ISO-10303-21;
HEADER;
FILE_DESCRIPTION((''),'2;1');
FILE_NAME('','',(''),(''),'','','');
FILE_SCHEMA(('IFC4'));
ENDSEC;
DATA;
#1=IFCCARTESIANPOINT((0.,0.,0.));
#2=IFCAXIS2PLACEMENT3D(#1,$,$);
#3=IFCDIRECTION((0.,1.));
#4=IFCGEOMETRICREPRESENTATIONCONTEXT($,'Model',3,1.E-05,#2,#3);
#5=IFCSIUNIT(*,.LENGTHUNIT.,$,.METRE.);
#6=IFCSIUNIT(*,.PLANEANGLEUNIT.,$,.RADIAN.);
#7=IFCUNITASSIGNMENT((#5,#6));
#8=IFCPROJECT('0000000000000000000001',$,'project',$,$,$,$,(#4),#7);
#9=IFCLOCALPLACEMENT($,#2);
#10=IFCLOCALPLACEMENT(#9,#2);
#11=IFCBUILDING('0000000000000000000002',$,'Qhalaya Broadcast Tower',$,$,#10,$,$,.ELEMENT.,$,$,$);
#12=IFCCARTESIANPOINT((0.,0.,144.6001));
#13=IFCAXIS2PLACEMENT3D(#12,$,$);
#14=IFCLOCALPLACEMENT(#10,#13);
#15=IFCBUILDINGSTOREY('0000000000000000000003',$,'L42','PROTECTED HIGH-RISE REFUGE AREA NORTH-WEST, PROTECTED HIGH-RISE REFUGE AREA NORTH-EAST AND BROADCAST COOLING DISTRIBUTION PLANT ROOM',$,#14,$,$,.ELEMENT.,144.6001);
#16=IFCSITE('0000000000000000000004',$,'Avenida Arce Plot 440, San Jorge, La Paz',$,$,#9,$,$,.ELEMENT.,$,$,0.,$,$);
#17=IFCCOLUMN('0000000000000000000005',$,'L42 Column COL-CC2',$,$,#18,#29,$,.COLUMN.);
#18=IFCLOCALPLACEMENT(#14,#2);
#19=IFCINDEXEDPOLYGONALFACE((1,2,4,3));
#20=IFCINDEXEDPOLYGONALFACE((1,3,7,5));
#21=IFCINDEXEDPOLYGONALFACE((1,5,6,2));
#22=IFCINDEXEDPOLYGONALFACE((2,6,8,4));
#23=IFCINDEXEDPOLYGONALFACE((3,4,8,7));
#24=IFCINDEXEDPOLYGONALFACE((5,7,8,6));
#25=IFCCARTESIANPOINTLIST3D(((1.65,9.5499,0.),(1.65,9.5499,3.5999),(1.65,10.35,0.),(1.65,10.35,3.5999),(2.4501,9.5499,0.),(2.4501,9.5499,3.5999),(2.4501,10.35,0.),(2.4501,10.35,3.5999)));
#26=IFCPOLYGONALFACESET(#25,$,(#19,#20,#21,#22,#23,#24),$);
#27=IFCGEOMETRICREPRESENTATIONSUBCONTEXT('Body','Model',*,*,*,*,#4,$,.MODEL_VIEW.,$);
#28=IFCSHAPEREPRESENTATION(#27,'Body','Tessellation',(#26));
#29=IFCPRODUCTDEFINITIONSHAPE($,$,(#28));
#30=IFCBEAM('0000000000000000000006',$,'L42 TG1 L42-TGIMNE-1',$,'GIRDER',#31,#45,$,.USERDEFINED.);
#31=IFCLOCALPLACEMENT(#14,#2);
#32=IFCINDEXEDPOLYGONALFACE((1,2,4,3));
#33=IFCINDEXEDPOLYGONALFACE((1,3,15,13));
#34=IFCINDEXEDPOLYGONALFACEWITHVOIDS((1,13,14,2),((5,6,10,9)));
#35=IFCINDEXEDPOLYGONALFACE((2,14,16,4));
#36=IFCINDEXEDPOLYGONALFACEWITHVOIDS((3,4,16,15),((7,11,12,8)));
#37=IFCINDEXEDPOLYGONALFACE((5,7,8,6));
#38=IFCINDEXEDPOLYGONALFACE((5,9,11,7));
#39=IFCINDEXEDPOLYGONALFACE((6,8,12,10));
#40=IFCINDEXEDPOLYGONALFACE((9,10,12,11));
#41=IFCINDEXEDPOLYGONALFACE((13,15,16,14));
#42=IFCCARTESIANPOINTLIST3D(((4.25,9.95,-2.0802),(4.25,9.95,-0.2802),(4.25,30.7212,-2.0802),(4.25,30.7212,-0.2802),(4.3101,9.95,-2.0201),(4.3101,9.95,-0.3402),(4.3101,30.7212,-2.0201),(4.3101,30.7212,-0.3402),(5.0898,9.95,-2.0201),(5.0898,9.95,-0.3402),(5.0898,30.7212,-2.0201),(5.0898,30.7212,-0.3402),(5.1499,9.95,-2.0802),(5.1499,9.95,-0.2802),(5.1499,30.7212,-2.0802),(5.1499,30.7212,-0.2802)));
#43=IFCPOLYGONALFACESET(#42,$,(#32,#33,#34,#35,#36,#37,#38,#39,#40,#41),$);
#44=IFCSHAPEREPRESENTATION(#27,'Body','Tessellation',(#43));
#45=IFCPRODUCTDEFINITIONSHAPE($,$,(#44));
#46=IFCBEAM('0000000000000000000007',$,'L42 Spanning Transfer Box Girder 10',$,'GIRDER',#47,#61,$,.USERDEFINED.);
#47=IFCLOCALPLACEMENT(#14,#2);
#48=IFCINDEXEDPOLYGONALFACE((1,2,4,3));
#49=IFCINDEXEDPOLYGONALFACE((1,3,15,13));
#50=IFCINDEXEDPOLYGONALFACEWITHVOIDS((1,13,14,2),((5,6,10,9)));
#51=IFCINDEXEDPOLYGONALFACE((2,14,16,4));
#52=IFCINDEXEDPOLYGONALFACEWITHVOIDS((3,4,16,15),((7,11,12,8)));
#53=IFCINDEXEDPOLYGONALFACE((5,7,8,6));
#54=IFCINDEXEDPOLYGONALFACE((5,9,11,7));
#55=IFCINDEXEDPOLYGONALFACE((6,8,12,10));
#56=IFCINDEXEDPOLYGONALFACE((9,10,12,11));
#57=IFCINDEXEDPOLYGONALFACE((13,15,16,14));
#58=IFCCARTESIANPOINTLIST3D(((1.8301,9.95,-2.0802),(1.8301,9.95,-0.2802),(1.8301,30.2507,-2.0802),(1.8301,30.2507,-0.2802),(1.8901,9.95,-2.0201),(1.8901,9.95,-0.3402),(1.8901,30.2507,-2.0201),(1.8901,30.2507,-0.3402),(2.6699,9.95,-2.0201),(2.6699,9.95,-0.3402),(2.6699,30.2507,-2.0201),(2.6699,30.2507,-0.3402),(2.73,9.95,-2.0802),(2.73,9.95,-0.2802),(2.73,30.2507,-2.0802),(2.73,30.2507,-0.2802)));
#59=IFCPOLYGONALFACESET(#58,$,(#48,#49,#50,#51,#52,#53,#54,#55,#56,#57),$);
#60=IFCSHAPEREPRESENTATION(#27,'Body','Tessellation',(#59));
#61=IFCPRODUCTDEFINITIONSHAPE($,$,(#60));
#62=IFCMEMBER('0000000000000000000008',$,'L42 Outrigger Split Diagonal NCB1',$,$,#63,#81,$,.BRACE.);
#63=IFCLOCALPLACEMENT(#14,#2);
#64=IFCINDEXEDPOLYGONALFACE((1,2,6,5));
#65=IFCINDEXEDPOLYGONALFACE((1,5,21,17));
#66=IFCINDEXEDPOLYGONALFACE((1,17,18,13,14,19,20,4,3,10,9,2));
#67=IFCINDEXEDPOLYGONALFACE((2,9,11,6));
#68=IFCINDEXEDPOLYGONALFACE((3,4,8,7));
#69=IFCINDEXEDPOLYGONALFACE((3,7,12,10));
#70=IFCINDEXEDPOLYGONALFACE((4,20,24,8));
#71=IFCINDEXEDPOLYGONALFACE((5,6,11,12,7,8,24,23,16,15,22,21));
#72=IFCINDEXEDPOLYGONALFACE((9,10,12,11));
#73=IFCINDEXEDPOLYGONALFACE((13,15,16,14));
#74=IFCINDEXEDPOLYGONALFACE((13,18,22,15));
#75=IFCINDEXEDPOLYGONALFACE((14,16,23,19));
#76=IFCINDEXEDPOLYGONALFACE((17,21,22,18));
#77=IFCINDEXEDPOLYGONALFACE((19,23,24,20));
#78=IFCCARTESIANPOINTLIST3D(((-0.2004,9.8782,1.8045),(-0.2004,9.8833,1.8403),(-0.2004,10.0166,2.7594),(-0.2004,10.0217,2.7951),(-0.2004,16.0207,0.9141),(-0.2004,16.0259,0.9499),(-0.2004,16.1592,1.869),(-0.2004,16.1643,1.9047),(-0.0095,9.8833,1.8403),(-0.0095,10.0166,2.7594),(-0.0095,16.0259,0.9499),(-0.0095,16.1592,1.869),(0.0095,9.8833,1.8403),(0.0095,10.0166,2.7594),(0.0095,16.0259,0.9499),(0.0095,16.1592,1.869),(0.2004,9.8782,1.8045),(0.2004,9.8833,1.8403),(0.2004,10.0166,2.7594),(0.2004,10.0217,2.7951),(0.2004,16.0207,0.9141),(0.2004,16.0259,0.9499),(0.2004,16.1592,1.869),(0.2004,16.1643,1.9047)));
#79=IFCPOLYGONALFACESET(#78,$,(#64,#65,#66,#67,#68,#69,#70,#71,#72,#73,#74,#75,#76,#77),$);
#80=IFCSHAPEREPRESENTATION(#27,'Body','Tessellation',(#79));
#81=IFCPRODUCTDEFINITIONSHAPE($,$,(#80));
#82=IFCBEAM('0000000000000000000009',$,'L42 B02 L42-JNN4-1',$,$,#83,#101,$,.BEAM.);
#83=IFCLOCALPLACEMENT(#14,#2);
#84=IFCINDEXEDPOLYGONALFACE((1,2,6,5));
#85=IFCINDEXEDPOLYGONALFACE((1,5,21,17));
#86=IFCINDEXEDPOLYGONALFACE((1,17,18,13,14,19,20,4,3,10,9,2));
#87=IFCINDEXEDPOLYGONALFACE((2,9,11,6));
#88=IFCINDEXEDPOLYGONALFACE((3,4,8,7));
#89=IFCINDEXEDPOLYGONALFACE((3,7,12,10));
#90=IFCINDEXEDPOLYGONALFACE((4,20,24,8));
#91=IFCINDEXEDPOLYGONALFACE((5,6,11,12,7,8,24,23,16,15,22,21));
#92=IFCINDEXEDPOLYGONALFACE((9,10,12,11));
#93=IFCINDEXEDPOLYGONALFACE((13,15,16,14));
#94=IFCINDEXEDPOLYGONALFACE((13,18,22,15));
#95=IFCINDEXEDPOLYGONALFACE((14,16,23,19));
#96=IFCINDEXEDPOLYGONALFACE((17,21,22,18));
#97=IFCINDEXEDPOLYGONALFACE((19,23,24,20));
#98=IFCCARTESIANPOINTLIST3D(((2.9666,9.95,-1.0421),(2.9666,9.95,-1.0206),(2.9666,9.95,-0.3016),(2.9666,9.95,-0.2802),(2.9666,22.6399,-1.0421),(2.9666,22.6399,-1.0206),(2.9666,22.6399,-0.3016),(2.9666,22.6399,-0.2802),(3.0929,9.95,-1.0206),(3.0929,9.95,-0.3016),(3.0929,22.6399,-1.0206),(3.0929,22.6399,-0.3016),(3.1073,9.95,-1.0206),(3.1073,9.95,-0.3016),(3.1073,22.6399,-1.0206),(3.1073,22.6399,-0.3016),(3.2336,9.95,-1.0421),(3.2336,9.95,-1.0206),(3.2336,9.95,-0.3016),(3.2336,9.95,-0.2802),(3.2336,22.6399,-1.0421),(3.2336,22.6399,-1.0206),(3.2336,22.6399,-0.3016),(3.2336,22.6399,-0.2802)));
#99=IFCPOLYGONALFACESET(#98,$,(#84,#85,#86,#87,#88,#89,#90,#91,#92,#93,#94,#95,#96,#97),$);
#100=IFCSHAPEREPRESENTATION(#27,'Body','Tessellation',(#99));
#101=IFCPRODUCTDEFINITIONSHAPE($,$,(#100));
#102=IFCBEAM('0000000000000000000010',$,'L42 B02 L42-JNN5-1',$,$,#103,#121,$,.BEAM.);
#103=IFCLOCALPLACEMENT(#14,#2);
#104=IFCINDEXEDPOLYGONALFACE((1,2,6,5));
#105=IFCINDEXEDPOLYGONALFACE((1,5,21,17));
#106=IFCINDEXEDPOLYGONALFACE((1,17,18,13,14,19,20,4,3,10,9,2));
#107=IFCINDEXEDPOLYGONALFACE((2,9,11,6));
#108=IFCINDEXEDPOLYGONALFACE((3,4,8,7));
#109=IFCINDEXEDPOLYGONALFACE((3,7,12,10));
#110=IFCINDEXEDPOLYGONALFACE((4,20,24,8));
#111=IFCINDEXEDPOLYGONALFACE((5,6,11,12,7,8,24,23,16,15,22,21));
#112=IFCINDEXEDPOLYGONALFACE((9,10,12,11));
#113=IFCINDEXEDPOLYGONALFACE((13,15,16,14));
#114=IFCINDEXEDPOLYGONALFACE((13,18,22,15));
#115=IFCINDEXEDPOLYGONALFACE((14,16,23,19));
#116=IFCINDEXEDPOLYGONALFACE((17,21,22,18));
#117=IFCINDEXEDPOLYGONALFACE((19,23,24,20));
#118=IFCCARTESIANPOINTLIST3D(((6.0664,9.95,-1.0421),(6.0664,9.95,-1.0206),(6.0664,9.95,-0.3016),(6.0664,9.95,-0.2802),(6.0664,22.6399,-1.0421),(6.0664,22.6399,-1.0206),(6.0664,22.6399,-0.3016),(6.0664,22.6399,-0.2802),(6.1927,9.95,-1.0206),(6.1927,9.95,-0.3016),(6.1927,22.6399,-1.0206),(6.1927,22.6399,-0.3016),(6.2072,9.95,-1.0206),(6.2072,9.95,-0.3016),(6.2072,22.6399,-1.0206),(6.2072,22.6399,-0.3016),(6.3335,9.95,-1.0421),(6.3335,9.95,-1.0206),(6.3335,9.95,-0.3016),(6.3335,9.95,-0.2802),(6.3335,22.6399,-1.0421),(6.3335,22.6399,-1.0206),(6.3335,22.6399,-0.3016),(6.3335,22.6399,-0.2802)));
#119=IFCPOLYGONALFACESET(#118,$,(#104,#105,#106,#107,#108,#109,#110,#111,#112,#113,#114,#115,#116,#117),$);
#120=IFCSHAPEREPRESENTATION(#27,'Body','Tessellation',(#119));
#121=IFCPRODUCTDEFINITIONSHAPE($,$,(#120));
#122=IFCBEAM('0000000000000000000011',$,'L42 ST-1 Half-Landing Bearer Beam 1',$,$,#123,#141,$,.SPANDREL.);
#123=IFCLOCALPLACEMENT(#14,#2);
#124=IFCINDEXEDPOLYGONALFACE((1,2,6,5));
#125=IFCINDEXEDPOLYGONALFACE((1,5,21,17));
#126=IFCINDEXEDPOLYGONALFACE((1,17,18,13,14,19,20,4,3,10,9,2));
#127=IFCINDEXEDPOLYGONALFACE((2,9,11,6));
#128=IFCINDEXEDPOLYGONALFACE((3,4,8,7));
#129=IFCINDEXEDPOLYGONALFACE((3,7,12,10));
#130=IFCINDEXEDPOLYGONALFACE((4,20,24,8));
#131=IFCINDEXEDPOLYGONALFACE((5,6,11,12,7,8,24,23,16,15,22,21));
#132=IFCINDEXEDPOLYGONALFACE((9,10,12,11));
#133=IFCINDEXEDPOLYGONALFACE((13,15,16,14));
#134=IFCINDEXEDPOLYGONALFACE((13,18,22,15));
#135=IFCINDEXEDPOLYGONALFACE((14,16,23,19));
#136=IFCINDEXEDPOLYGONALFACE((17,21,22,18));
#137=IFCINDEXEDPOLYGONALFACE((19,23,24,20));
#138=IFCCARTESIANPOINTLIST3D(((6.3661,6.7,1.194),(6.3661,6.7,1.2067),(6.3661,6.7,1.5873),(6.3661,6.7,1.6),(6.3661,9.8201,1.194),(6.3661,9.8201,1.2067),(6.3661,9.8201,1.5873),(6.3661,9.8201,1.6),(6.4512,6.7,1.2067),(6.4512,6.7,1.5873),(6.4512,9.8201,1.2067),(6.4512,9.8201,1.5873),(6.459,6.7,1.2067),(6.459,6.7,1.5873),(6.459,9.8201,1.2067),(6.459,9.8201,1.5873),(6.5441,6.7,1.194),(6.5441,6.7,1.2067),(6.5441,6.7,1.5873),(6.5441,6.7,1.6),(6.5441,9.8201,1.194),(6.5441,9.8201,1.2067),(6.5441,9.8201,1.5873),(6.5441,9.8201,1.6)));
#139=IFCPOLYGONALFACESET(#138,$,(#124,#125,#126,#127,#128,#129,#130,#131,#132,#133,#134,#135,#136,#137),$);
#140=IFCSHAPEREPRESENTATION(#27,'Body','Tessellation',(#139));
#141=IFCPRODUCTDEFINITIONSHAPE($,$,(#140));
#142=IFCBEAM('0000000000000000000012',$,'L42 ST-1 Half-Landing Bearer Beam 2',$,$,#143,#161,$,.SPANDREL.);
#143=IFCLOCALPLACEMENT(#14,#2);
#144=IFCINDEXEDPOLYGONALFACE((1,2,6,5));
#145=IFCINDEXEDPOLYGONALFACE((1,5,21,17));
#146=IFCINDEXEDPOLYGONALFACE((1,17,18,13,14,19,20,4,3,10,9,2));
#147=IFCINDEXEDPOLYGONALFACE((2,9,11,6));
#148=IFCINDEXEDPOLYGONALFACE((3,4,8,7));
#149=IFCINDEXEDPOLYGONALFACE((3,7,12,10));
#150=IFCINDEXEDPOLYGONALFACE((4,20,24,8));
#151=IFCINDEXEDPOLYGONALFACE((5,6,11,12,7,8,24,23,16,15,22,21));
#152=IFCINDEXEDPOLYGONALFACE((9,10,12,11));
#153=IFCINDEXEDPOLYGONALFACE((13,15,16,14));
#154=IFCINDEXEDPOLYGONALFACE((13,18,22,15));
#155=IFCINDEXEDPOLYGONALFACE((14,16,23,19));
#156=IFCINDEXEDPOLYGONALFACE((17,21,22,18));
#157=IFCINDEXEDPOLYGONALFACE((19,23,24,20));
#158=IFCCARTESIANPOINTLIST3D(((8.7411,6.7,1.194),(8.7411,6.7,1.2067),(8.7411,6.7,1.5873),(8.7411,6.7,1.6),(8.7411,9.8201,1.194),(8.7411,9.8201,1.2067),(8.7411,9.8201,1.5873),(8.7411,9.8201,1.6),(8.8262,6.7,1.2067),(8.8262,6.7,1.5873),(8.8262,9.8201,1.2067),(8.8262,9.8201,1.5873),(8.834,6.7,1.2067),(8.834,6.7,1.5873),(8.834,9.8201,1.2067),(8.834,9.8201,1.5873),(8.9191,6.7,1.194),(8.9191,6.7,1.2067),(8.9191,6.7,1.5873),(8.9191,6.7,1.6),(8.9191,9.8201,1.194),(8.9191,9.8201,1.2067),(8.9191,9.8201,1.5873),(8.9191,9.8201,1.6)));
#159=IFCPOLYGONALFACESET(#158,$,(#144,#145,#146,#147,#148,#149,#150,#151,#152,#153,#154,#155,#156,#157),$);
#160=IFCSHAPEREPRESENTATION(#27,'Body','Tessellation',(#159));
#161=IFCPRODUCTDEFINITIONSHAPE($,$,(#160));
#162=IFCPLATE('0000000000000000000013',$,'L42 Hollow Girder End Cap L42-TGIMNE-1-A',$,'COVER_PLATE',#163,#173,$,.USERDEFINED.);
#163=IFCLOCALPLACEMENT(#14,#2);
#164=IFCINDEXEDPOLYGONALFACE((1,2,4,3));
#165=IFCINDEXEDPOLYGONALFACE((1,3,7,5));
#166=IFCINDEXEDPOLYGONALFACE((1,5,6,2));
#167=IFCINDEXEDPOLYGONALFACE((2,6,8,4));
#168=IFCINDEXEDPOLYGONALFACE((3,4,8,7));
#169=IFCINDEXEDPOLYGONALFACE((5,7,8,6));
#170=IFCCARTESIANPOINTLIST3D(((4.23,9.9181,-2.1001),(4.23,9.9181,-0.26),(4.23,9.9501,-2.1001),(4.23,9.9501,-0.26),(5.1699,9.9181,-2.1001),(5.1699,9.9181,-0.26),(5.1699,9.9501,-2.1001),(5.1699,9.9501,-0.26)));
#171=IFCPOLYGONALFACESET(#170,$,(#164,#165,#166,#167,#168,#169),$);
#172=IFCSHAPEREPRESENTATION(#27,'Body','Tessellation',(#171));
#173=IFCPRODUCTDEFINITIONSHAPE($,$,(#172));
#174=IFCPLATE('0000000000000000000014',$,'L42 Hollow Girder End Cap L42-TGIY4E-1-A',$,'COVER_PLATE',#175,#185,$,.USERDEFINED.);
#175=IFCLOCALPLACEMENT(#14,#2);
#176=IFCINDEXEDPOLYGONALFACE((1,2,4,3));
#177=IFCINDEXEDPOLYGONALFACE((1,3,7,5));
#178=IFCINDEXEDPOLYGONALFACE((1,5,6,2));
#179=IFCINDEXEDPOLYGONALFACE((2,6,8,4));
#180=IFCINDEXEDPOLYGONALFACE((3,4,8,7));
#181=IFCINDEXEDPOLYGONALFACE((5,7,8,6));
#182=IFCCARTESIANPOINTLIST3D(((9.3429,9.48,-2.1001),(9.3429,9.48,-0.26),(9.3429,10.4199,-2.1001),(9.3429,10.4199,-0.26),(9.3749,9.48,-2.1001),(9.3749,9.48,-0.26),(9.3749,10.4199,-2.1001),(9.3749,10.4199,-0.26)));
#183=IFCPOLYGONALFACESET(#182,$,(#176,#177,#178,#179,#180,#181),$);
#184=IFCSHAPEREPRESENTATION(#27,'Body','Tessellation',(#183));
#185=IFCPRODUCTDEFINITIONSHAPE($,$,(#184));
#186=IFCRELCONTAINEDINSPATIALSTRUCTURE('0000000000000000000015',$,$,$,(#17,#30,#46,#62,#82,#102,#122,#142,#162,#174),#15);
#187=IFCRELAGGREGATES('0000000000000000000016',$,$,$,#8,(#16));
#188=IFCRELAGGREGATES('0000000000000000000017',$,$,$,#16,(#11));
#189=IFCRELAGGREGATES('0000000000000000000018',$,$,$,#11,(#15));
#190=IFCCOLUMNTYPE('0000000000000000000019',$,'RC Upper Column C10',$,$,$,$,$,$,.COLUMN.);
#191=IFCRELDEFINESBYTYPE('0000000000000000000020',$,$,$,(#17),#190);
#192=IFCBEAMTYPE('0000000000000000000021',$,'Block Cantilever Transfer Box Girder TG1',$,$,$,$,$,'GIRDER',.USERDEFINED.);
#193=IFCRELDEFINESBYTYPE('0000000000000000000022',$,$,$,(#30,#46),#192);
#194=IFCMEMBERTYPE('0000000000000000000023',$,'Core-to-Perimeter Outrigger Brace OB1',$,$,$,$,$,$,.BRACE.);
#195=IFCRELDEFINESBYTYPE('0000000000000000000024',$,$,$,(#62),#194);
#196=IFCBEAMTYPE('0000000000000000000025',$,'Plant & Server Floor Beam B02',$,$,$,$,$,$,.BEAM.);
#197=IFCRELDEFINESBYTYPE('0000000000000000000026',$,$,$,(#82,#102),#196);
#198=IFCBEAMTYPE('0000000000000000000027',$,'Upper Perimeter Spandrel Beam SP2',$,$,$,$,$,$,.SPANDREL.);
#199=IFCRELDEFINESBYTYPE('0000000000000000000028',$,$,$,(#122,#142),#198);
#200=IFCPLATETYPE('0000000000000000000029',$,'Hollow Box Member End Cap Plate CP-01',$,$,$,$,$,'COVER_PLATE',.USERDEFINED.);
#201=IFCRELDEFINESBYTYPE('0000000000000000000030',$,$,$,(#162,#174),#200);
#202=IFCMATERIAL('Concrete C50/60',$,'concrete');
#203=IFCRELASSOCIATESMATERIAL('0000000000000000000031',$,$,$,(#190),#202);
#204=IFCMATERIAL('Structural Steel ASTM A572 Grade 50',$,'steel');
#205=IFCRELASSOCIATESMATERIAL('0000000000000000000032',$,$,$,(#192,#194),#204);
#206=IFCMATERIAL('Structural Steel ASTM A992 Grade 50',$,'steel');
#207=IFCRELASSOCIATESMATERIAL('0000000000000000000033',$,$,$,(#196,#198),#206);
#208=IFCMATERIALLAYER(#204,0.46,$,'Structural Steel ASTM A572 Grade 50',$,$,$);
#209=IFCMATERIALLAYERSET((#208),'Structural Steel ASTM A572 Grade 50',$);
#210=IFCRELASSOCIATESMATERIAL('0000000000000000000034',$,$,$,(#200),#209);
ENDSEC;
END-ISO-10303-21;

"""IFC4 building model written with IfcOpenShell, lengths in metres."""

from ifc_helpers import new_model, si_unit, direction, frame, origin, origin_2d, place, context, subcontext, project, spatial, rectangle, hollow_rectangle, i_section, extrude, material, layer, layer_set, material_profile, profile_set, type_object, element, save


model = new_model("IFC4")

# Units and contexts
model_context = context("Model", 3, precision=1e-05, world=origin(), true_north=direction((0.0, 1.0)))
body_context = subcontext(model_context, "Body", "Model", "MODEL_VIEW")
ifc_project = project(units=[si_unit("LENGTHUNIT", "METRE"), si_unit("PLANEANGLEUNIT", "RADIAN")], contexts=[model_context])

# Site, building, storey
site_placement = place(None, origin())
site = spatial("IfcSite", under=ifc_project, at=site_placement, Name="Avenida Arce Plot 440, San Jorge, La Paz", CompositionType="ELEMENT", RefElevation=0.0)
building_placement = place(site_placement, origin())
building = spatial("IfcBuilding", under=site, at=building_placement, Name="Qhalaya Broadcast Tower", CompositionType="ELEMENT")
storey_placement = place(building_placement, frame((0.0, 0.0, 144.6001)))
storey = spatial("IfcBuildingStorey", under=building, at=storey_placement, Name="L42", Description="PROTECTED HIGH-RISE REFUGE AREA NORTH-WEST, PROTECTED HIGH-RISE REFUGE AREA NORTH-EAST AND BROADCAST COOLING DISTRIBUTION PLANT ROOM", CompositionType="ELEMENT", Elevation=144.6001)

# Column
ifc_material_1 = material(Name="Concrete C50/60", Category="concrete")
ifc_material_profile_1 = material_profile(ifc_material_1, rectangle(XDim=0.8, YDim=0.8, at=origin_2d()), Name="RC-COL 800x800")
ifc_profile_set_1 = profile_set([ifc_material_profile_1], Name="Concrete C50/60")
column_type = type_object("IfcColumnType", Name="RC Upper Column C10", PredefinedType="COLUMN", material=ifc_profile_set_1)
column_placement = place(storey_placement, frame((2.05, 9.95, 0.0), z_axis=(0.0, 0.0, 1.0), x_axis=(1.0, 0.0, 0.0)))
element("IfcColumn", 1, at=column_placement, inside=storey, type_object=column_type, Name="L42 Column COL-CC2", PredefinedType="COLUMN", context=body_context, shape_type="SweptSolid", body=[
    extrude(rectangle(XDim=0.8, YDim=0.8, at=origin_2d()), origin(), (0.0, 0.0, 1.0), 3.5999),
])

# Beams
ifc_material_2 = material(Name="Structural Steel ASTM A572 Grade 50", Category="steel")
ifc_material_profile_2 = material_profile(ifc_material_2, hollow_rectangle(XDim=0.8999, YDim=1.8, WallThickness=0.0601, at=origin_2d()), Name="BOX 900x1800x60")
ifc_profile_set_2 = profile_set([ifc_material_profile_2], Name="Structural Steel ASTM A572 Grade 50")
beam_type_1 = type_object("IfcBeamType", Name="Block Cantilever Transfer Box Girder TG1", ElementType="GIRDER", PredefinedType="USERDEFINED", material=ifc_profile_set_2)
beam_1_placement = place(storey_placement, frame((4.7, 9.95, -1.1802), z_axis=(0.0, 1.0, 0.0), x_axis=(-1.0, 0.0, 0.0)))
element("IfcBeam", 2, at=beam_1_placement, inside=storey, type_object=beam_type_1, Name="L42 TG1 L42-TGIMNE-1", ObjectType="GIRDER", PredefinedType="USERDEFINED", context=body_context, shape_type="SweptSolid", body=[
    extrude(hollow_rectangle(XDim=0.8999, YDim=1.8, WallThickness=0.0601, at=origin_2d()), origin(), (0.0, 0.0, 1.0), 20.7712),
])
beam_2_placement = place(storey_placement, frame((2.28, 9.95, -1.1802), z_axis=(0.0, 1.0, 0.0), x_axis=(-1.0, 0.0, 0.0)))
element("IfcBeam", 3, at=beam_2_placement, inside=storey, type_object=beam_type_1, Name="L42 Spanning Transfer Box Girder 10", ObjectType="GIRDER", PredefinedType="USERDEFINED", context=body_context, shape_type="SweptSolid", body=[
    extrude(hollow_rectangle(XDim=0.8999, YDim=1.8, WallThickness=0.0601, at=origin_2d()), origin(), (0.0, 0.0, 1.0), 20.3008),
])

# Member
ifc_material_profile_3 = material_profile(ifc_material_2, i_section(OverallWidth=0.4009, OverallDepth=1.001, WebThickness=0.019, FlangeThickness=0.0361, at=origin_2d()), Name="W40X249")
ifc_profile_set_3 = profile_set([ifc_material_profile_3], Name="Structural Steel ASTM A572 Grade 50")
member_type = type_object("IfcMemberType", Name="Core-to-Perimeter Outrigger Brace OB1", PredefinedType="BRACE", material=ifc_profile_set_3)
member_placement = place(storey_placement, frame((0.0, 9.95, 2.2998), z_axis=(0.0, 0.989657, -0.143453), x_axis=(-1.0, 0.0, 0.0)))
element("IfcMember", 4, at=member_placement, inside=storey, type_object=member_type, Name="L42 Outrigger Split Diagonal NCB1", PredefinedType="BRACE", context=body_context, shape_type="SweptSolid", body=[
    extrude(i_section(OverallWidth=0.4009, OverallDepth=1.001, WebThickness=0.019, FlangeThickness=0.0361, at=origin_2d()), origin(), (0.0, 0.0, 1.0), 6.2068),
])

# Beams
ifc_material_3 = material(Name="Structural Steel ASTM A992 Grade 50", Category="steel")
ifc_material_profile_4 = material_profile(ifc_material_3, i_section(OverallWidth=0.2671, OverallDepth=0.762, WebThickness=0.0144, FlangeThickness=0.0215, at=origin_2d()), Name="W30X116")
ifc_profile_set_4 = profile_set([ifc_material_profile_4], Name="Structural Steel ASTM A992 Grade 50")
beam_type_2 = type_object("IfcBeamType", Name="Plant & Server Floor Beam B02", PredefinedType="BEAM", material=ifc_profile_set_4)
for number, where, z_axis, x_axis, name in (
    (5, (3.1001, 9.95, -0.6611), (0.0, 1.0, 0.0), (-1.0, 0.0, 0.0), "L42 B02 L42-JNN4-1"),
    (6, (6.2, 9.95, -0.6611), (0.0, 1.0, 0.0), (-1.0, 0.0, 0.0), "L42 B02 L42-JNN5-1"),
):
    element("IfcBeam", number, at=place(storey_placement, frame(where, z_axis=z_axis, x_axis=x_axis)), inside=storey, type_object=beam_type_2, Name=name, PredefinedType="BEAM", context=body_context, shape_type="SweptSolid", body=[
        extrude(i_section(OverallWidth=0.2671, OverallDepth=0.762, WebThickness=0.0144, FlangeThickness=0.0215, at=origin_2d()), origin(), (0.0, 0.0, 1.0), 12.6899),
    ])
ifc_material_profile_5 = material_profile(ifc_material_3, i_section(OverallWidth=0.178, OverallDepth=0.406, WebThickness=0.0078, FlangeThickness=0.0127, at=origin_2d()), Name="W16X40")
ifc_profile_set_5 = profile_set([ifc_material_profile_5], Name="Structural Steel ASTM A992 Grade 50")
beam_type_3 = type_object("IfcBeamType", Name="Upper Perimeter Spandrel Beam SP2", PredefinedType="SPANDREL", material=ifc_profile_set_5)
for number, where, z_axis, x_axis, name in (
    (7, (6.4551, 6.7, 1.397), (0.0, 1.0, 0.0), (-1.0, 0.0, 0.0), "L42 ST-1 Half-Landing Bearer Beam 1"),
    (8, (8.8301, 6.7, 1.397), (0.0, 1.0, 0.0), (-1.0, 0.0, 0.0), "L42 ST-1 Half-Landing Bearer Beam 2"),
):
    element("IfcBeam", number, at=place(storey_placement, frame(where, z_axis=z_axis, x_axis=x_axis)), inside=storey, type_object=beam_type_3, Name=name, PredefinedType="SPANDREL", context=body_context, shape_type="SweptSolid", body=[
        extrude(i_section(OverallWidth=0.178, OverallDepth=0.406, WebThickness=0.0078, FlangeThickness=0.0127, at=origin_2d()), origin(), (0.0, 0.0, 1.0), 3.1201),
    ])

# Plates
ifc_layer_1 = layer(ifc_material_2, 0.46, Name="Structural Steel ASTM A572 Grade 50")
ifc_layer_set_1 = layer_set([ifc_layer_1], Name="Structural Steel ASTM A572 Grade 50")
plate_type_1 = type_object("IfcPlateType", Name="Hollow Box Member End Cap Plate CP-01", ElementType="COVER_PLATE", PredefinedType="USERDEFINED", material=ifc_layer_set_1)
for number, where, z_axis, x_axis, name in (
    (9, (4.7, 9.9341, -2.1001), (0.0, 0.0, 1.0), (-1.0, 0.0, 0.0), "L42 Hollow Girder End Cap L42-TGIMNE-1-A"),
    (10, (9.3589, 9.95, -2.1001), (0.0, 0.0, 1.0), (0.0, 1.0, 0.0), "L42 Hollow Girder End Cap L42-TGIY4E-1-A"),
):
    element("IfcPlate", number, at=place(storey_placement, frame(where, z_axis=z_axis, x_axis=x_axis)), inside=storey, type_object=plate_type_1, Name=name, ObjectType="COVER_PLATE", PredefinedType="USERDEFINED", context=body_context, shape_type="SweptSolid", body=[
        extrude(rectangle(XDim=0.9399, YDim=0.032, at=origin_2d()), origin(), (0.0, 0.0, 1.0), 1.8401),
    ])

save(model, "model.ifc")
